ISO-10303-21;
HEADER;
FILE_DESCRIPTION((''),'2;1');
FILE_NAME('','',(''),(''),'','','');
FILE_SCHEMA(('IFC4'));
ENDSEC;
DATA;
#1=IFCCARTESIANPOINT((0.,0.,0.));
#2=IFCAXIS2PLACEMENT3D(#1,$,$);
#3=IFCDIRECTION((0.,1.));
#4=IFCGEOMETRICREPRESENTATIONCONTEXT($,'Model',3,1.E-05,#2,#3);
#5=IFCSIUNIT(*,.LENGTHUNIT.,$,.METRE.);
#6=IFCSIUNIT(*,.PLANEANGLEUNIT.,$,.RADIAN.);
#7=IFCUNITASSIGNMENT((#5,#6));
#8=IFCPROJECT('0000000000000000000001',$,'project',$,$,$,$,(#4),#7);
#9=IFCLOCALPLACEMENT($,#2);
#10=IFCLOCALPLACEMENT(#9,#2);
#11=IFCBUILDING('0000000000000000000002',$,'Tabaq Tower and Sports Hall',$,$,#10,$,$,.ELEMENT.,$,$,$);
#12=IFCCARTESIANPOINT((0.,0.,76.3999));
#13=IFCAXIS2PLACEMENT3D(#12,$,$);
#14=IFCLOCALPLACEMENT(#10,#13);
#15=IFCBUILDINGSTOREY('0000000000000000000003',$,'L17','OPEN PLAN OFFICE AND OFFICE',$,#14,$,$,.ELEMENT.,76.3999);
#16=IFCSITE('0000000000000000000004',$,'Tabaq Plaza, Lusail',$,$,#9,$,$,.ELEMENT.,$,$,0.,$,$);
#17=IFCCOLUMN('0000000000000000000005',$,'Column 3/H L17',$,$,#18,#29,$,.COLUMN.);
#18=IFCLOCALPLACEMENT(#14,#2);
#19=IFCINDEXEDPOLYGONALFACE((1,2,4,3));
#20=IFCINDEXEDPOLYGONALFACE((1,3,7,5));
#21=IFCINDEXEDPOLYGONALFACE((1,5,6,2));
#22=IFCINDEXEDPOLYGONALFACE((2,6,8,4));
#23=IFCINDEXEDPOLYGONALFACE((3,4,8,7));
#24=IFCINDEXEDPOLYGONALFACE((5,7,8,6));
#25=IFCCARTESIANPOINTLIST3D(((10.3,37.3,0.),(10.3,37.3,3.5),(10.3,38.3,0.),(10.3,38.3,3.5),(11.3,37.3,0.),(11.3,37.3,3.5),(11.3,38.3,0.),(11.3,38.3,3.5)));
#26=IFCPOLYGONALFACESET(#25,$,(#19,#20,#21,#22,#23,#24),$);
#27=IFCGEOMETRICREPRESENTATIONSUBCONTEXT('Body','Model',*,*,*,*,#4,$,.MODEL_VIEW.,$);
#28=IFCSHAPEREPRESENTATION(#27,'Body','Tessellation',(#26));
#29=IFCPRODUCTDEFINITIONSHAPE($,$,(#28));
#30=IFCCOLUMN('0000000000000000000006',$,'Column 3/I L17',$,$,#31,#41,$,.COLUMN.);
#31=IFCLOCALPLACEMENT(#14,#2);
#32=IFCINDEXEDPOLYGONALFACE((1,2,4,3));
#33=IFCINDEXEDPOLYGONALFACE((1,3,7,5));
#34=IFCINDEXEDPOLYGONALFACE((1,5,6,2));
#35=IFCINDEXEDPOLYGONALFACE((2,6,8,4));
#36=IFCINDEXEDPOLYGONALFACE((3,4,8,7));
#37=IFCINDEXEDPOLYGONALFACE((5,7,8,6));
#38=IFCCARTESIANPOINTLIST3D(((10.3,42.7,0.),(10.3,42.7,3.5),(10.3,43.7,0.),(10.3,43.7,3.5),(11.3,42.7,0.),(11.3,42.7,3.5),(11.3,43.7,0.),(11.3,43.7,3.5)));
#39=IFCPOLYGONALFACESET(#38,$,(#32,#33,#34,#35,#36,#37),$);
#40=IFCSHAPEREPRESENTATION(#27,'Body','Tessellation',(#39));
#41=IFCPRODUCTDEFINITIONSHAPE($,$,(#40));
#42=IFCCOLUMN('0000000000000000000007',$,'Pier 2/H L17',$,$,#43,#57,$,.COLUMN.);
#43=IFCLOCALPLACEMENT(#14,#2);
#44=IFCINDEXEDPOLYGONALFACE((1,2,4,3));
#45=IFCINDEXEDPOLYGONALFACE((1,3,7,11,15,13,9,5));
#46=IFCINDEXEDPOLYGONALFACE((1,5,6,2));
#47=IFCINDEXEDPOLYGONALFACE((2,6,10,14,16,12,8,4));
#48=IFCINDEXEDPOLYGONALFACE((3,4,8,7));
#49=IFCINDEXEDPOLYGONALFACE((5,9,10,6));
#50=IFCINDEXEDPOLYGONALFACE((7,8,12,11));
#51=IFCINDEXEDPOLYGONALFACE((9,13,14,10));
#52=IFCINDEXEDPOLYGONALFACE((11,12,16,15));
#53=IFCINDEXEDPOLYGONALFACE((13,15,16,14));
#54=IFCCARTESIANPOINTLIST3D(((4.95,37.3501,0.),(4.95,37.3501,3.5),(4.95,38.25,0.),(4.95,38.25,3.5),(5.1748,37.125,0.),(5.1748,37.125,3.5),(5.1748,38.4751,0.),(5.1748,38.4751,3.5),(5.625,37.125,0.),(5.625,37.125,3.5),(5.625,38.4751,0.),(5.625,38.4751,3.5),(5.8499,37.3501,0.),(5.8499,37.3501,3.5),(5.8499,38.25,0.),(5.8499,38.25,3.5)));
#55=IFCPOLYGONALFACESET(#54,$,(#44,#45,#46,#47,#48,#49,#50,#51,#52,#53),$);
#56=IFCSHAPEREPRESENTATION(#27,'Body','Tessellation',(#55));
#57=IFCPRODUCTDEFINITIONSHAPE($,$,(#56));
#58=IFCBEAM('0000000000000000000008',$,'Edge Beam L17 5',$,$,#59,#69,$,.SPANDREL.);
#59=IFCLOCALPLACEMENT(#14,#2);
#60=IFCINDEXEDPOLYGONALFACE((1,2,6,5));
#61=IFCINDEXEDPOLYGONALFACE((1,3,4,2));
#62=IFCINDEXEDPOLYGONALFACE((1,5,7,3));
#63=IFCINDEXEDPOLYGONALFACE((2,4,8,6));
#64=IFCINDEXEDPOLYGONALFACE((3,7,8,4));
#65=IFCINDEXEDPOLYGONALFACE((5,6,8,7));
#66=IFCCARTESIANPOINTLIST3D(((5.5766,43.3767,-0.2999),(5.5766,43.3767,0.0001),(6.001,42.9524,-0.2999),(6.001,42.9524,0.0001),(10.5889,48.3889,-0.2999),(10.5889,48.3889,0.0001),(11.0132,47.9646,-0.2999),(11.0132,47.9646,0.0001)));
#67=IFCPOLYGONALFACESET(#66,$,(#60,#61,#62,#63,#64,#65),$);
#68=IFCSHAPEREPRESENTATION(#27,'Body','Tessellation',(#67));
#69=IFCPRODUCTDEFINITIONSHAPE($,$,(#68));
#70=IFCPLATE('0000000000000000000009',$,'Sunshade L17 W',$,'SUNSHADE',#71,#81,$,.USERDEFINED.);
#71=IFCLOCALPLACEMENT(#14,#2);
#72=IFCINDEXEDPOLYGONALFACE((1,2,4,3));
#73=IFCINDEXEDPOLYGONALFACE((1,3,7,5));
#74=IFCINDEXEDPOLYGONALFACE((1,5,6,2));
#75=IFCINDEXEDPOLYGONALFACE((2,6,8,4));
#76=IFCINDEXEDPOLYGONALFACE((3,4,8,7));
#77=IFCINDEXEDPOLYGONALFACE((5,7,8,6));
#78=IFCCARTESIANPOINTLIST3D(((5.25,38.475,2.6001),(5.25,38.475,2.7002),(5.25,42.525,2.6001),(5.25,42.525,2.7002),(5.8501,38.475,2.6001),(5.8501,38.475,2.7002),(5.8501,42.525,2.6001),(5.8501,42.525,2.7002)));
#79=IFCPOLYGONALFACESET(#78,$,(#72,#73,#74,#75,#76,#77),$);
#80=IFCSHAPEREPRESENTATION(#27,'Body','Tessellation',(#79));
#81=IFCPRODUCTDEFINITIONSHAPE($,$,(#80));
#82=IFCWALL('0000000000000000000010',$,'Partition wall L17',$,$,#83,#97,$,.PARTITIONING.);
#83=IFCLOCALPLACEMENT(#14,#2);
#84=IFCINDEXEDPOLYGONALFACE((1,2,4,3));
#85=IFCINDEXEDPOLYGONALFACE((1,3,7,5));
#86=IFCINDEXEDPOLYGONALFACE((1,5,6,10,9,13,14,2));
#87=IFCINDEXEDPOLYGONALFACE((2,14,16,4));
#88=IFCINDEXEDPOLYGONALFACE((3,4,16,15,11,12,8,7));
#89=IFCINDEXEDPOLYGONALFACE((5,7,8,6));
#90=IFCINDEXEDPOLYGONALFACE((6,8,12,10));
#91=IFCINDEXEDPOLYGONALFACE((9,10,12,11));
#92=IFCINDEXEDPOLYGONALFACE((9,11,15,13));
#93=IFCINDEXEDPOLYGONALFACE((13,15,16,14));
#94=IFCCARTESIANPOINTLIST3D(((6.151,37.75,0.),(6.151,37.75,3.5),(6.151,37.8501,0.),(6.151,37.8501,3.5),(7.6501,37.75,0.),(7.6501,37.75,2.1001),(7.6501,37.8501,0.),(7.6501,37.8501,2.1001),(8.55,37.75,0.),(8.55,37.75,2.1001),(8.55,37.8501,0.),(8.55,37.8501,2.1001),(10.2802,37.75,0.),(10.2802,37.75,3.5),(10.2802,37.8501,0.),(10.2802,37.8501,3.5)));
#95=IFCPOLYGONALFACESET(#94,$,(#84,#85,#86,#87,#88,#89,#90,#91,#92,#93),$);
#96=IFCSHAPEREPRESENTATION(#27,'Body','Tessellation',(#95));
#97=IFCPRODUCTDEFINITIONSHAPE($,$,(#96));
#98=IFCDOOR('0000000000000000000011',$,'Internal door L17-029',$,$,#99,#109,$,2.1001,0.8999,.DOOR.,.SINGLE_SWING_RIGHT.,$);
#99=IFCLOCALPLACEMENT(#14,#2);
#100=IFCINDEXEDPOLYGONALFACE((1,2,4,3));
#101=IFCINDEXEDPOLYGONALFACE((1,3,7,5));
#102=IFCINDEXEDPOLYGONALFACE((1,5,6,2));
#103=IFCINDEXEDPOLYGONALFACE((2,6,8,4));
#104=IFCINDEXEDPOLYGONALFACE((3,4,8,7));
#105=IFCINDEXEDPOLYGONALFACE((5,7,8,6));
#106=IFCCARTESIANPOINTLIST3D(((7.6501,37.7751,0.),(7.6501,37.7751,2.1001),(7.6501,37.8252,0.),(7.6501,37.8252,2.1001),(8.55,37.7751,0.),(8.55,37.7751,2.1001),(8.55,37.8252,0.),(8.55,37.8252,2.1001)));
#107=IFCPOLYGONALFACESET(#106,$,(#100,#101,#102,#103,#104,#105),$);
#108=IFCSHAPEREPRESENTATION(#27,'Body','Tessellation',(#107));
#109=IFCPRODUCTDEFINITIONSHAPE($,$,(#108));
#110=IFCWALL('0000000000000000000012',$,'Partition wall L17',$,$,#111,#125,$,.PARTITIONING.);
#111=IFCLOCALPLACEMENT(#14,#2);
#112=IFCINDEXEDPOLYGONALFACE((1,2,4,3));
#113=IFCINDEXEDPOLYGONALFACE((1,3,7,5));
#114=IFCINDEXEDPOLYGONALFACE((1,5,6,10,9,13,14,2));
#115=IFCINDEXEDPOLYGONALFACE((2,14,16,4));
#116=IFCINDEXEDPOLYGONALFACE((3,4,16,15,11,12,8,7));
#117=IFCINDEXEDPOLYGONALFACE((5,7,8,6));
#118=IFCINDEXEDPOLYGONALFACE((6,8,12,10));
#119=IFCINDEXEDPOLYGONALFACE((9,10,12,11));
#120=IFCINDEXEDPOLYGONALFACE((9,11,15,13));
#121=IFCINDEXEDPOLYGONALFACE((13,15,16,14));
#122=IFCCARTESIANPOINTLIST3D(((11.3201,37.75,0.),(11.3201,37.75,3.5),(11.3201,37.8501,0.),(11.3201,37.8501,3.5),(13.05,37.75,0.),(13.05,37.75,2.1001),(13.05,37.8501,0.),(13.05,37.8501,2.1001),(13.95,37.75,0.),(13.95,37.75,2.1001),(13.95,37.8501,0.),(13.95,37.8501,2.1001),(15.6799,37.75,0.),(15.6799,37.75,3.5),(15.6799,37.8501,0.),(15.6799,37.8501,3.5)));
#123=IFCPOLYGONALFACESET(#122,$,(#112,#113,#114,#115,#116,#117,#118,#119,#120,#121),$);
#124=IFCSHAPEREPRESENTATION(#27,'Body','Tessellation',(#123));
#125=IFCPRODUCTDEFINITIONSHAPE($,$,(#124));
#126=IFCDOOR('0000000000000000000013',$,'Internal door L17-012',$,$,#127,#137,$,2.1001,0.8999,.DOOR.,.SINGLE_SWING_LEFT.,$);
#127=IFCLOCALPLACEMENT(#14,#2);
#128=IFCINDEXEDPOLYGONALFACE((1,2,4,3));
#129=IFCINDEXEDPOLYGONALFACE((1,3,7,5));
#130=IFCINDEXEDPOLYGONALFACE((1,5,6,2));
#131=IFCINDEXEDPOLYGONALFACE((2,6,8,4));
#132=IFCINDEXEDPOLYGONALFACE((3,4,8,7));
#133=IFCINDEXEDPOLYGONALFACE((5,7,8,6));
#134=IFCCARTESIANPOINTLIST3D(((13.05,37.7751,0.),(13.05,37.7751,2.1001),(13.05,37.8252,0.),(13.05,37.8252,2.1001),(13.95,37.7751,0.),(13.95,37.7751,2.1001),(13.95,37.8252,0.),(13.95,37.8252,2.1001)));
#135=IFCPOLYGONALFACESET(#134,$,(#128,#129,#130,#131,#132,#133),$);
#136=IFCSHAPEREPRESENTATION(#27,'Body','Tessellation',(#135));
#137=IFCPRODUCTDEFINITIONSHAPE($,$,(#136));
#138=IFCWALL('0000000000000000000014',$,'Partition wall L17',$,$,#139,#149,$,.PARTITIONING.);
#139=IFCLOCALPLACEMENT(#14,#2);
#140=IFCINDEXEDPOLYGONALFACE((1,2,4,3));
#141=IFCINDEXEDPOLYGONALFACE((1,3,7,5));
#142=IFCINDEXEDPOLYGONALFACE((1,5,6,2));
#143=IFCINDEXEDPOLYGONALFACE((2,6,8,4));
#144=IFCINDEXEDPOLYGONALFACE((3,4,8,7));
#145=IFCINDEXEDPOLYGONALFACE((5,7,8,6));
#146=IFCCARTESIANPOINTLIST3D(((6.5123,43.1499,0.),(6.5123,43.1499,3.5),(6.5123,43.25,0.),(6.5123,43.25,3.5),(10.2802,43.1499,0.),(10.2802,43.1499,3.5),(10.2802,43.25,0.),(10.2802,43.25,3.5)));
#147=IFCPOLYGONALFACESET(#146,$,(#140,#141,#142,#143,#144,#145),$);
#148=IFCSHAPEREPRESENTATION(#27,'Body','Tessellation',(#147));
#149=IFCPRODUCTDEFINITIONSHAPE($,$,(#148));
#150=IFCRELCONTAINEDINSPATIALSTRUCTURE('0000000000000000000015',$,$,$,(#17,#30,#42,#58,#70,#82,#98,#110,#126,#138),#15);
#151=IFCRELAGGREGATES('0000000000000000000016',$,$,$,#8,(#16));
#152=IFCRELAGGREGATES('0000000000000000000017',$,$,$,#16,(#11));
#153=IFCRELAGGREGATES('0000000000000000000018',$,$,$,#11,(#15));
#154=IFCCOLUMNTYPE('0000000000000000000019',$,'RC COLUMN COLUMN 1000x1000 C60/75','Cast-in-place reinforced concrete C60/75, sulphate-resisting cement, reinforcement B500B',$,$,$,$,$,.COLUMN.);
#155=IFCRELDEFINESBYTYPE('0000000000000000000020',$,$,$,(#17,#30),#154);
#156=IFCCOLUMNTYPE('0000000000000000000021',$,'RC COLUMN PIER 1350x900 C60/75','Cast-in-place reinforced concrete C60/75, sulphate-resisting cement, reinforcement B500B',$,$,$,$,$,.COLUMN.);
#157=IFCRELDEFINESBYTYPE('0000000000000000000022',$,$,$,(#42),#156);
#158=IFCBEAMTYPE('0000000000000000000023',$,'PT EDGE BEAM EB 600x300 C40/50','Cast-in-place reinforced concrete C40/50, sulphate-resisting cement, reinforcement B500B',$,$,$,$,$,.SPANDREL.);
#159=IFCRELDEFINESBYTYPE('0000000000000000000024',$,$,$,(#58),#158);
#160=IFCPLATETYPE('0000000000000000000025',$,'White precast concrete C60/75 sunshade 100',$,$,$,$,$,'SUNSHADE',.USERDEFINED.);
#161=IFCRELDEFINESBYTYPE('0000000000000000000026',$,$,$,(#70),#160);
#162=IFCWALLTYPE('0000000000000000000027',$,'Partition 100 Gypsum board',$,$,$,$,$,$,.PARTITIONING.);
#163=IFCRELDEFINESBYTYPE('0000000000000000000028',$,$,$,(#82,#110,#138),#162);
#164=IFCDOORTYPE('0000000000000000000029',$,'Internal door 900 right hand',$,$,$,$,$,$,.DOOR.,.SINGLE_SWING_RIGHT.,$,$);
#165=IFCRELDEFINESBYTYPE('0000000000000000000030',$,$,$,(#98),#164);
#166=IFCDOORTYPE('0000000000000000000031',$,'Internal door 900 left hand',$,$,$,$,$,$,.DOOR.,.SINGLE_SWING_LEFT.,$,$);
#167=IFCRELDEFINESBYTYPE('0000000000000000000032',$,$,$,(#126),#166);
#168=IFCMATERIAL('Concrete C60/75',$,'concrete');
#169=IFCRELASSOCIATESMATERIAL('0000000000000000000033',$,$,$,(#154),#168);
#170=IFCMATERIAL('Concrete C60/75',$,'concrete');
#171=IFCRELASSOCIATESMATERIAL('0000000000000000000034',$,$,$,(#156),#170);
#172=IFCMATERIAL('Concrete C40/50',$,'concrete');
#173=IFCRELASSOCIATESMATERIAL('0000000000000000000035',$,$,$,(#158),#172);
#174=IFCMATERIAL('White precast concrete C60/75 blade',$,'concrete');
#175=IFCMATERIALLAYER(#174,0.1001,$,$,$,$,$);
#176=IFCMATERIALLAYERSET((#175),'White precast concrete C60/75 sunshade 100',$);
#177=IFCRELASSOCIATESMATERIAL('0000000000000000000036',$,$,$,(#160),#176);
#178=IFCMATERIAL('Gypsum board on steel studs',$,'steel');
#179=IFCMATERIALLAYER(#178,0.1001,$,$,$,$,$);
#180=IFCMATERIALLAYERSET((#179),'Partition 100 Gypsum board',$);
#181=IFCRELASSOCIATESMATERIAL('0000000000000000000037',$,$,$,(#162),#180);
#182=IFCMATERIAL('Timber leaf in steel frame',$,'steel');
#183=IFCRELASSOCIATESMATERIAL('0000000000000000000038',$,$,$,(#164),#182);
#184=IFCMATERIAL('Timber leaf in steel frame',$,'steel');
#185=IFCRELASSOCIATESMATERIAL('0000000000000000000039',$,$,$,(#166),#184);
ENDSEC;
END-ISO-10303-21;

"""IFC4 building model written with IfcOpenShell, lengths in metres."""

from ifc_helpers import new_model, si_unit, direction, frame, frame_2d, origin, origin_2d, place, context, subcontext, project, spatial, polyline, rectangle, outline, extrude, material, layer, layer_set, material_profile, profile_set, type_object, element, fill, save


model = new_model("IFC4")

# Units and contexts
model_context = context("Model", 3, precision=1e-05, world=origin(), true_north=direction((0.0, 1.0)))
body_context = subcontext(model_context, "Body", "Model", "MODEL_VIEW")
ifc_project = project(units=[si_unit("LENGTHUNIT", "METRE"), si_unit("PLANEANGLEUNIT", "RADIAN")], contexts=[model_context])

# Site, building, storey
site_placement = place(None, origin())
site = spatial("IfcSite", under=ifc_project, at=site_placement, Name="Tabaq Plaza, Lusail", CompositionType="ELEMENT", RefElevation=0.0)
building_placement = place(site_placement, origin())
building = spatial("IfcBuilding", under=site, at=building_placement, Name="Tabaq Tower and Sports Hall", CompositionType="ELEMENT")
storey_placement = place(building_placement, frame((0.0, 0.0, 76.3999)))
storey = spatial("IfcBuildingStorey", under=building, at=storey_placement, Name="L17", Description="OPEN PLAN OFFICE AND OFFICE", CompositionType="ELEMENT", Elevation=76.3999)

# Columns
ifc_material_1 = material(Name="Concrete C60/75", Category="concrete")
ifc_material_profile_1 = material_profile(ifc_material_1, rectangle(XDim=1.0, YDim=1.0, at=origin_2d()), Name="COLUMN 1000x1000")
ifc_profile_set_1 = profile_set([ifc_material_profile_1], Name="Concrete C60/75")
column_type_1 = type_object("IfcColumnType", Name="RC COLUMN COLUMN 1000x1000 C60/75", Description="Cast-in-place reinforced concrete C60/75, sulphate-resisting cement, reinforcement B500B", PredefinedType="COLUMN", material=ifc_profile_set_1)
for number, where, z_axis, x_axis, name in (
    (1, (10.8, 37.8, 0.0), (0.0, 0.0, 1.0), (1.0, 0.0, 0.0), "Column 3/H L17"),
    (2, (10.8, 43.2, 0.0), (0.0, 0.0, 1.0), (1.0, 0.0, 0.0), "Column 3/I L17"),
):
    element("IfcColumn", number, at=place(storey_placement, frame(where, z_axis=z_axis, x_axis=x_axis)), inside=storey, type_object=column_type_1, Name=name, PredefinedType="COLUMN", context=body_context, shape_type="SweptSolid", body=[
        extrude(rectangle(XDim=1.0, YDim=1.0, at=origin_2d()), origin(), (0.0, 0.0, 1.0), 3.5),
    ])
ifc_material_2 = material(Name="Concrete C60/75", Category="concrete")
ifc_material_profile_2 = material_profile(ifc_material_2, outline(polyline([(-0.45, -0.45), (0.45, -0.45), (0.675, -0.2251), (0.675, 0.2251), (0.45, 0.45), (-0.45, 0.45), (-0.675, 0.2251), (-0.675, -0.2251), (-0.45, -0.45)])), Name="PIER 1350x900")
ifc_profile_set_2 = profile_set([ifc_material_profile_2], Name="Concrete C60/75")
column_type_2 = type_object("IfcColumnType", Name="RC COLUMN PIER 1350x900 C60/75", Description="Cast-in-place reinforced concrete C60/75, sulphate-resisting cement, reinforcement B500B", PredefinedType="COLUMN", material=ifc_profile_set_2)
column_placement = place(storey_placement, frame((5.3999, 37.8, 0.0), z_axis=(0.0, 0.0, 1.0), x_axis=(0.0, 1.0, 0.0)))
element("IfcColumn", 3, at=column_placement, inside=storey, type_object=column_type_2, Name="Pier 2/H L17", PredefinedType="COLUMN", context=body_context, shape_type="SweptSolid", body=[
    extrude(outline(polyline([(-0.45, -0.45), (0.45, -0.45), (0.675, -0.2251), (0.675, 0.2251), (0.45, 0.45), (-0.45, 0.45), (-0.675, 0.2251), (-0.675, -0.2251), (-0.45, -0.45)])), origin(), (0.0, 0.0, 1.0), 3.5),
])

# Beam
ifc_material_3 = material(Name="Concrete C40/50", Category="concrete")
ifc_material_profile_3 = material_profile(ifc_material_3, rectangle(XDim=0.6001, YDim=0.3, at=origin_2d()), Name="EB 600x300")
ifc_profile_set_3 = profile_set([ifc_material_profile_3], Name="Concrete C40/50")
beam_type = type_object("IfcBeamType", Name="PT EDGE BEAM EB 600x300 C40/50", Description="Cast-in-place reinforced concrete C40/50, sulphate-resisting cement, reinforcement B500B", PredefinedType="SPANDREL", material=ifc_profile_set_3)
beam_placement = place(storey_placement, frame((10.801, 48.1768, -0.1499), z_axis=(-0.707107, -0.707107, 0.0), x_axis=(0.707107, -0.707107, 0.0)))
element("IfcBeam", 4, at=beam_placement, inside=storey, type_object=beam_type, Name="Edge Beam L17 5", PredefinedType="SPANDREL", context=body_context, shape_type="SweptSolid", body=[
    extrude(rectangle(XDim=0.6001, YDim=0.3, at=origin_2d()), origin(), (0.0, 0.0, 1.0), 7.0884),
])

# Plate
ifc_material_4 = material(Name="White precast concrete C60/75 blade", Category="concrete")
ifc_layer_1 = layer(ifc_material_4, 0.1001)
ifc_layer_set_1 = layer_set([ifc_layer_1], Name="White precast concrete C60/75 sunshade 100")
plate_type = type_object("IfcPlateType", Name="White precast concrete C60/75 sunshade 100", ElementType="SUNSHADE", PredefinedType="USERDEFINED", material=ifc_layer_set_1)
plate_placement = place(storey_placement, frame((5.55, 40.5, 2.6001), z_axis=(0.0, 0.0, 1.0), x_axis=(0.0, -1.0, 0.0)))
element("IfcPlate", 5, at=plate_placement, inside=storey, type_object=plate_type, Name="Sunshade L17 W", ObjectType="SUNSHADE", PredefinedType="USERDEFINED", context=body_context, shape_type="SweptSolid", body=[
    extrude(rectangle(XDim=4.05, YDim=0.6001, at=origin_2d()), origin(), (0.0, 0.0, 1.0), 0.1001),
])

# Walls, openings, doors
ifc_material_5 = material(Name="Gypsum board on steel studs", Category="steel")
ifc_layer_2 = layer(ifc_material_5, 0.1001)
ifc_layer_set_2 = layer_set([ifc_layer_2], Name="Partition 100 Gypsum board")
wall_type_1 = type_object("IfcWallType", Name="Partition 100 Gypsum board", PredefinedType="PARTITIONING", material=ifc_layer_set_2)
wall_1_placement = place(storey_placement, frame((10.28, 37.8, 0.0), z_axis=(0.0, 0.0, 1.0), x_axis=(-1.0, 0.0, 0.0)))
wall_1 = element("IfcWall", 6, at=wall_1_placement, inside=storey, type_object=wall_type_1, Name="Partition wall L17", PredefinedType="PARTITIONING", context=body_context, shape_type="SweptSolid", body=[
    extrude(rectangle(XDim=4.1292, YDim=0.1001, at=frame_2d((2.0645, 0.0))), origin(), (0.0, 0.0, 1.0), 3.5),
])
opening_1_placement = place(wall_1_placement, frame((1.73, 0.0, 0.0)))
opening_1 = element("IfcOpeningElement", 7, at=opening_1_placement, cuts=wall_1, PredefinedType="OPENING", context=body_context, shape_type="SweptSolid", body=[
    extrude(rectangle(XDim=0.8999, YDim=2.1001, at=frame_2d((0.45, 1.05))), frame((0.0, 0.05, 0.0), z_axis=(0.0, -1.0, 0.0), x_axis=(1.0, 0.0, 0.0)), (0.0, 0.0, 1.0), 0.1001),
])
ifc_material_6 = material(Name="Timber leaf in steel frame", Category="steel")
door_type_1 = type_object("IfcDoorType", Name="Internal door 900 right hand", OperationType="SINGLE_SWING_RIGHT", PredefinedType="DOOR", material=ifc_material_6)
door_1_placement = place(opening_1_placement, origin())
door_1 = element("IfcDoor", 8, at=door_1_placement, inside=storey, type_object=door_type_1, Name="Internal door L17-029", OperationType="SINGLE_SWING_RIGHT", OverallHeight=2.1001, OverallWidth=0.8999, PredefinedType="DOOR", context=body_context, shape_type="SweptSolid", body=[
    extrude(rectangle(XDim=0.8999, YDim=2.1001, at=frame_2d((0.45, 1.05))), frame((0.0, 0.0249, 0.0), z_axis=(0.0, -1.0, 0.0), x_axis=(1.0, 0.0, 0.0)), (0.0, 0.0, 1.0), 0.05),
])
fill(opening_1, door_1)
wall_2_placement = place(storey_placement, frame((15.6799, 37.8, 0.0), z_axis=(0.0, 0.0, 1.0), x_axis=(-1.0, 0.0, 0.0)))
wall_2 = element("IfcWall", 9, at=wall_2_placement, inside=storey, type_object=wall_type_1, Name="Partition wall L17", PredefinedType="PARTITIONING", context=body_context, shape_type="SweptSolid", body=[
    extrude(rectangle(XDim=4.3599, YDim=0.1001, at=frame_2d((2.1799, 0.0))), origin(), (0.0, 0.0, 1.0), 3.5),
])
opening_2_placement = place(wall_2_placement, frame((1.73, 0.0, 0.0)))
opening_2 = element("IfcOpeningElement", 10, at=opening_2_placement, cuts=wall_2, PredefinedType="OPENING", context=body_context, shape_type="SweptSolid", body=[
    extrude(rectangle(XDim=0.8999, YDim=2.1001, at=frame_2d((0.45, 1.05))), frame((0.0, 0.05, 0.0), z_axis=(0.0, -1.0, 0.0), x_axis=(1.0, 0.0, 0.0)), (0.0, 0.0, 1.0), 0.1001),
])
ifc_material_7 = material(Name="Timber leaf in steel frame", Category="steel")
door_type_2 = type_object("IfcDoorType", Name="Internal door 900 left hand", OperationType="SINGLE_SWING_LEFT", PredefinedType="DOOR", material=ifc_material_7)
door_2_placement = place(opening_2_placement, origin())
door_2 = element("IfcDoor", 11, at=door_2_placement, inside=storey, type_object=door_type_2, Name="Internal door L17-012", OperationType="SINGLE_SWING_LEFT", OverallHeight=2.1001, OverallWidth=0.8999, PredefinedType="DOOR", context=body_context, shape_type="SweptSolid", body=[
    extrude(rectangle(XDim=0.8999, YDim=2.1001, at=frame_2d((0.45, 1.05))), frame((0.0, 0.0249, 0.0), z_axis=(0.0, -1.0, 0.0), x_axis=(1.0, 0.0, 0.0)), (0.0, 0.0, 1.0), 0.05),
])
fill(opening_2, door_2)

# Wall
wall_3_placement = place(storey_placement, frame((10.28, 43.2, 0.0), z_axis=(0.0, 0.0, 1.0), x_axis=(-1.0, 0.0, 0.0)))
element("IfcWall", 12, at=wall_3_placement, inside=storey, type_object=wall_type_1, Name="Partition wall L17", PredefinedType="PARTITIONING", context=body_context, shape_type="SweptSolid", body=[
    extrude(rectangle(XDim=3.7678, YDim=0.1001, at=frame_2d((1.8838, 0.0))), origin(), (0.0, 0.0, 1.0), 3.5),
])

save(model, "model.ifc")
